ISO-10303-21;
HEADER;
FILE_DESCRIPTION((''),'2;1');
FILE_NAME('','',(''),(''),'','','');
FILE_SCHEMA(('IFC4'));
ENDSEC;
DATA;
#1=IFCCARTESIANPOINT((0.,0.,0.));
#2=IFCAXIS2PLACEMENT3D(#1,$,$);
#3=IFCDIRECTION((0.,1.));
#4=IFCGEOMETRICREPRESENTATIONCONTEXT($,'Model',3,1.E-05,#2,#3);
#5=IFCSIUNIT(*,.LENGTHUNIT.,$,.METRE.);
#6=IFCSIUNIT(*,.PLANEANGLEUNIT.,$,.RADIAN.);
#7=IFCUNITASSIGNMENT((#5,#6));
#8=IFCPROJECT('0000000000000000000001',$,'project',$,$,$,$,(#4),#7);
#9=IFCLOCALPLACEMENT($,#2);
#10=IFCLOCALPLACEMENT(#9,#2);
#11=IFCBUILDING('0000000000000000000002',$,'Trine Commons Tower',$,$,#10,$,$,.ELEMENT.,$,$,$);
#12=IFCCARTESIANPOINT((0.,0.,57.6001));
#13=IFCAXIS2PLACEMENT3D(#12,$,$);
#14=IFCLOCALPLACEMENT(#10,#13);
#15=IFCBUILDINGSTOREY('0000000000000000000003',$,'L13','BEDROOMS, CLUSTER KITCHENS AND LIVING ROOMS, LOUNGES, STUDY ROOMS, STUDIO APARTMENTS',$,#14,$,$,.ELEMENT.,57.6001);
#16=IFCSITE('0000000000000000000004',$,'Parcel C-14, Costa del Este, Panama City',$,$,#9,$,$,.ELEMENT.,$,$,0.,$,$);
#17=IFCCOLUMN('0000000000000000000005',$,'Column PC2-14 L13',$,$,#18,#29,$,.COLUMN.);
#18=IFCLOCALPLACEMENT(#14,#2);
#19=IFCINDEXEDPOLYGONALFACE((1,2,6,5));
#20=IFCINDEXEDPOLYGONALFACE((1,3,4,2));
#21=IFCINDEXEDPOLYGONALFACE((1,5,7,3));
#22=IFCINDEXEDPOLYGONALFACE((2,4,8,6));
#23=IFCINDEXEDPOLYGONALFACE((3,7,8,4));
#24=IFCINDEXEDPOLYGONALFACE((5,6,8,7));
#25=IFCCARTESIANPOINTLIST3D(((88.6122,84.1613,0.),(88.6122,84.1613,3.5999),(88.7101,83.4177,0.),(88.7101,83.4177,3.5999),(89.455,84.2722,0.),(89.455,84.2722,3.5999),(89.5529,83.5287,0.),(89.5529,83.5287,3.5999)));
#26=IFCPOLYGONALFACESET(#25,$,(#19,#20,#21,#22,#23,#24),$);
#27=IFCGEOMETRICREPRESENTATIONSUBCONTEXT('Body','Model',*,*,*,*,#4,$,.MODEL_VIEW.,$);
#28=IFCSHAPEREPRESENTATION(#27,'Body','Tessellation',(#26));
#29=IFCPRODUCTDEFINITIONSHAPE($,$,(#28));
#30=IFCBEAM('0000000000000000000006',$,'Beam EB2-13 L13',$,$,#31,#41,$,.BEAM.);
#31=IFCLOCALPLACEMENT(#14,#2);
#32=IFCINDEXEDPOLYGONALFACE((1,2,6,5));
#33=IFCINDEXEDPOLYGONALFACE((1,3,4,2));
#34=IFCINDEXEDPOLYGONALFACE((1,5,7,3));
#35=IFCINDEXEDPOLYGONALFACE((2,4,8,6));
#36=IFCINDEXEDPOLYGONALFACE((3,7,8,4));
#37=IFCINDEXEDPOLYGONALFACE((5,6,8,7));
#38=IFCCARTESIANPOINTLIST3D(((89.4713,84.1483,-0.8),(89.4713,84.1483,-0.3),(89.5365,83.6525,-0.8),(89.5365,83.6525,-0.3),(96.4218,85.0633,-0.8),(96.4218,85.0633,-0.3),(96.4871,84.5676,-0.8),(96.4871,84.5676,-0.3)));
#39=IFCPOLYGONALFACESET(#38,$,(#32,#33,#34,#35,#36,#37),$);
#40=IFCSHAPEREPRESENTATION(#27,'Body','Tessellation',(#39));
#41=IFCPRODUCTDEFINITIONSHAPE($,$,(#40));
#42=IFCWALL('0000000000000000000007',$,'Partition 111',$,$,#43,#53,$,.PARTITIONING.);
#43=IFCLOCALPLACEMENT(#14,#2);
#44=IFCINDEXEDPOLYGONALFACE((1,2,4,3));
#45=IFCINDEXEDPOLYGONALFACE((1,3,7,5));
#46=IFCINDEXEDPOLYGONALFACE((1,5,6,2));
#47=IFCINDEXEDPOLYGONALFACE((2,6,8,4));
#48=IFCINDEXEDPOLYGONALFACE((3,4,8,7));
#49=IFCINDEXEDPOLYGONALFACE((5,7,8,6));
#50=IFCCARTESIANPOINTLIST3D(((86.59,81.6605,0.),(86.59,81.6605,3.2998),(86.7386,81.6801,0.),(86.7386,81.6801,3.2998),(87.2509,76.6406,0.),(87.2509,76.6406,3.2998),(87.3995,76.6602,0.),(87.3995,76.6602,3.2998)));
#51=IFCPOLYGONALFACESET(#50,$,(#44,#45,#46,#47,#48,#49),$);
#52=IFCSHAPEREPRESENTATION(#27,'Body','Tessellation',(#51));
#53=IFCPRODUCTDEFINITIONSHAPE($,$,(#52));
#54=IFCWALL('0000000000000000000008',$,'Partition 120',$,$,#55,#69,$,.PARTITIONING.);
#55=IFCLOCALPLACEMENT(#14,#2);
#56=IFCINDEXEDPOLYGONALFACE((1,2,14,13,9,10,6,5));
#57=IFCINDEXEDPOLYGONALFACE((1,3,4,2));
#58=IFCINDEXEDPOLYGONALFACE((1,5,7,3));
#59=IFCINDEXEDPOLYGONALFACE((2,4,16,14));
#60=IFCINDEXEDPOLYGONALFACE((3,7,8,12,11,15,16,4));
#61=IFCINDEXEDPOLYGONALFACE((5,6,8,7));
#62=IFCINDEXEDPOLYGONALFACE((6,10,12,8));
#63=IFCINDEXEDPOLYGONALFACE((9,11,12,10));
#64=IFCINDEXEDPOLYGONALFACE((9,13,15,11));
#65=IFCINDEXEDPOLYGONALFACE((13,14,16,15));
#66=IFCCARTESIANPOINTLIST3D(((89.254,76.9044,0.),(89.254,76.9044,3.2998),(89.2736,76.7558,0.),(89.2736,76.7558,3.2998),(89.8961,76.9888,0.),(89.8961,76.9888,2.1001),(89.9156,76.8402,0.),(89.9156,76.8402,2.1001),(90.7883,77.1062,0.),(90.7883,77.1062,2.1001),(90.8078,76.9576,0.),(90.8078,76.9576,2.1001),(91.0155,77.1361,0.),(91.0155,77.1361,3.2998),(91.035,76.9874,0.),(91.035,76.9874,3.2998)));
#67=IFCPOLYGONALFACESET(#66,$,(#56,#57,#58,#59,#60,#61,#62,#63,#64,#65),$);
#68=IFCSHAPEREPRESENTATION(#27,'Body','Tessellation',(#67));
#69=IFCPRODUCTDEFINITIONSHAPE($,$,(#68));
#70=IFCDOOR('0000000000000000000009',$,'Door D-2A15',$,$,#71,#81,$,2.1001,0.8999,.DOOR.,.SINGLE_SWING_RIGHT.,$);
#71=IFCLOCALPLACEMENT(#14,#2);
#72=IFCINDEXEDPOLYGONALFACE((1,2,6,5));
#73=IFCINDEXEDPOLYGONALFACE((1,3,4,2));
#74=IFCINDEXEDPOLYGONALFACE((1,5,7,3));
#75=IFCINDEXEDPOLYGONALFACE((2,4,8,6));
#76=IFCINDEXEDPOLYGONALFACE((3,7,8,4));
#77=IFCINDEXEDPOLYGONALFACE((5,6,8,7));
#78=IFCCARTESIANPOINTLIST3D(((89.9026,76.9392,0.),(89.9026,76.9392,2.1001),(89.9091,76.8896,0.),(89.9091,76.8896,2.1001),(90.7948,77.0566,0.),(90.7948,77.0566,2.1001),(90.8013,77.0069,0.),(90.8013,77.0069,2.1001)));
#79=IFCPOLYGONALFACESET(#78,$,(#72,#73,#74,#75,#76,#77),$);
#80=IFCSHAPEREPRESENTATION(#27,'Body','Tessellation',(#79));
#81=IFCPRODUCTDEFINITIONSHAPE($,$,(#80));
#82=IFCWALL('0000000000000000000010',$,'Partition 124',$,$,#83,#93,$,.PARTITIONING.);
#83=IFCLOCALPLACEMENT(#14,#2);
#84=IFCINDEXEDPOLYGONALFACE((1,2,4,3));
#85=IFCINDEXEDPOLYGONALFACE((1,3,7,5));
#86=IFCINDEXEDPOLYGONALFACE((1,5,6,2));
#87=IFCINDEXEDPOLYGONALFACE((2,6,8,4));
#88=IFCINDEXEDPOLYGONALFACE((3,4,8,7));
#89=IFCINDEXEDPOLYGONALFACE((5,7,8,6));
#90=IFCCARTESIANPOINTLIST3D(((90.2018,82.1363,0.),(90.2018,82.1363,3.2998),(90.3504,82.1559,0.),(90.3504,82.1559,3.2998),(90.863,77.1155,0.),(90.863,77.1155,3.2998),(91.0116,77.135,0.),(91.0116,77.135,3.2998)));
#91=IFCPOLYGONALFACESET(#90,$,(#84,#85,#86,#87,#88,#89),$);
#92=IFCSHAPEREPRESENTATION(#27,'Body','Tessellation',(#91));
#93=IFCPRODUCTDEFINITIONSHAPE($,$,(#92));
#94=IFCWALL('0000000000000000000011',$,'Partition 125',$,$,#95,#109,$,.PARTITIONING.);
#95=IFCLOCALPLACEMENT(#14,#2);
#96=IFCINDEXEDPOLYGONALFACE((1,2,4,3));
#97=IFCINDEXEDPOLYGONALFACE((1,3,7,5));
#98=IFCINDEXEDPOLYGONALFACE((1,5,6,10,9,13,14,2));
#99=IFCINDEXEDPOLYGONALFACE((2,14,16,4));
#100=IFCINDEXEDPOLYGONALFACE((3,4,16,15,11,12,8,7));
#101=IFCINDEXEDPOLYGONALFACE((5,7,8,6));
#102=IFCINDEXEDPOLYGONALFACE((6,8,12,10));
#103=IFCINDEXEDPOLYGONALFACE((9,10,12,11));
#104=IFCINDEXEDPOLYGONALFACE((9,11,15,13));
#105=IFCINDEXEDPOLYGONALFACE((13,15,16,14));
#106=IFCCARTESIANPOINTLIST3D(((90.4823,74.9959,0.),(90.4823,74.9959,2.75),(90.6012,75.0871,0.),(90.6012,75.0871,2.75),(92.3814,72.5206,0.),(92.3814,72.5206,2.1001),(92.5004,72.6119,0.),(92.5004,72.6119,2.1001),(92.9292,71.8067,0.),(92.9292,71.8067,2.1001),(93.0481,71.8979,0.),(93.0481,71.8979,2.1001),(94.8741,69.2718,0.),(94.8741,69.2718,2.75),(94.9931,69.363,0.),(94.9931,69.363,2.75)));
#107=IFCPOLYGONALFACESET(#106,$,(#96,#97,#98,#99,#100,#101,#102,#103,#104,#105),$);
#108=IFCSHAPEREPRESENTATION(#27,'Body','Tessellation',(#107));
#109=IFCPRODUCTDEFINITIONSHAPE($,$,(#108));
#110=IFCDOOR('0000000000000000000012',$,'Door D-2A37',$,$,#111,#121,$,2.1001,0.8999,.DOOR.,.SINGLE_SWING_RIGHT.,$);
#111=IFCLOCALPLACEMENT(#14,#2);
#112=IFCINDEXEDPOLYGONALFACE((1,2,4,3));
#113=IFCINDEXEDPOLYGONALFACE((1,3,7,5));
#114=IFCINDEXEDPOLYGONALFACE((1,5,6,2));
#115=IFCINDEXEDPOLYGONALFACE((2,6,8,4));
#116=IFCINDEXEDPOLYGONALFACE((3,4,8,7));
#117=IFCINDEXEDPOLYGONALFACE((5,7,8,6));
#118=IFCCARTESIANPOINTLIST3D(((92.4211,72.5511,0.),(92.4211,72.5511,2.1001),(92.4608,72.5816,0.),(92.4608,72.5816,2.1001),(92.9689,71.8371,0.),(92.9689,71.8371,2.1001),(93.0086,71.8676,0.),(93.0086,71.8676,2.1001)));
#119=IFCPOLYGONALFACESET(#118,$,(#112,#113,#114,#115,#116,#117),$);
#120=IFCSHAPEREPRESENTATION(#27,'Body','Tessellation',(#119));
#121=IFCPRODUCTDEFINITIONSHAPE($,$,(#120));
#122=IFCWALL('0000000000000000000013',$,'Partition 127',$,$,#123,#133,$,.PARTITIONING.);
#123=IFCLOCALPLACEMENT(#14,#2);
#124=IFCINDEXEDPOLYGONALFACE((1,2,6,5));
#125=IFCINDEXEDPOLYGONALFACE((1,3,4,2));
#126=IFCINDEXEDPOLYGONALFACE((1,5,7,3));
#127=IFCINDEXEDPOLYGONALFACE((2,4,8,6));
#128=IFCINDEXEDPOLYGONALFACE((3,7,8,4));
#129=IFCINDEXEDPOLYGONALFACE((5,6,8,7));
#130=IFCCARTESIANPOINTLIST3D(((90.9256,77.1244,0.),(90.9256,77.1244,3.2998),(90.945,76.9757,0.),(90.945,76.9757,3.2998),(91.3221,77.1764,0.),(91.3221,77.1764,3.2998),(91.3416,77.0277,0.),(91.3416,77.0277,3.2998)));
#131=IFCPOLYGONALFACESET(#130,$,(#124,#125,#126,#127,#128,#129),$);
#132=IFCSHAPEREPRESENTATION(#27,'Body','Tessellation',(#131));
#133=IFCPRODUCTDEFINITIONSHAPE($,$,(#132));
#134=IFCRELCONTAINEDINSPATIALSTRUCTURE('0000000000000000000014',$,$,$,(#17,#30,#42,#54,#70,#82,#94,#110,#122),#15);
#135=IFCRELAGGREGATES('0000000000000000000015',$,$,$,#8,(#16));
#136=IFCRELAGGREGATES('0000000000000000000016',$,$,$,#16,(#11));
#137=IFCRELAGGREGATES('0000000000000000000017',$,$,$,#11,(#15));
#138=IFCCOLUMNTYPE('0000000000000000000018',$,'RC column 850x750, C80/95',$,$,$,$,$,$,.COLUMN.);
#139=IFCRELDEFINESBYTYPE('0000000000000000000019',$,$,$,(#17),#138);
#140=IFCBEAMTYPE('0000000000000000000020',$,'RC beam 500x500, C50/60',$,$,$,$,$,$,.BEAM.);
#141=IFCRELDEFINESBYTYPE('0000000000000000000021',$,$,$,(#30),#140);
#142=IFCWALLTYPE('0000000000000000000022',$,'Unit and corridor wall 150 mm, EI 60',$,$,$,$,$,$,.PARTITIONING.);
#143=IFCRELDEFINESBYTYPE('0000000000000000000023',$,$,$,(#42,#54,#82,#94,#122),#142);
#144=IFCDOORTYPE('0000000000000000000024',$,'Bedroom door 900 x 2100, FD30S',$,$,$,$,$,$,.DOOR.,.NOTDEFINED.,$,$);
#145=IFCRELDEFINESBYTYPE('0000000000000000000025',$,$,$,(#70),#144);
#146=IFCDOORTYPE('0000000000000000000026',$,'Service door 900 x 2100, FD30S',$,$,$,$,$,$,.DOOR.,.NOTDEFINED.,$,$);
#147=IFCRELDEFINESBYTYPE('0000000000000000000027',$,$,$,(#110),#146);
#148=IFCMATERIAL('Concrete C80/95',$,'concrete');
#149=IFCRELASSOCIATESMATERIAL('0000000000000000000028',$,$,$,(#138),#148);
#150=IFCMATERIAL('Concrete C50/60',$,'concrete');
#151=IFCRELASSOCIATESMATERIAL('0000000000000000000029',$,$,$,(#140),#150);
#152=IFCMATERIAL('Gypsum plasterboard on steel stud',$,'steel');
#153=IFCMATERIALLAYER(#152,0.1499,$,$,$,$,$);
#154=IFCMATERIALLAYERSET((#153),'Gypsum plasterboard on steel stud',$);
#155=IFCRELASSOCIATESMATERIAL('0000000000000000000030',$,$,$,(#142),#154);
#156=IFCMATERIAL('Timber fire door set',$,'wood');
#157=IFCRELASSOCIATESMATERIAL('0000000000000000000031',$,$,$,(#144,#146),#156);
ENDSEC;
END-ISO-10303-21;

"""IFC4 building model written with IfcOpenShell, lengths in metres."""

from ifc_helpers import new_model, si_unit, direction, frame, frame_2d, origin, origin_2d, place, context, subcontext, project, spatial, rectangle, extrude, material, layer, layer_set, material_profile, profile_set, type_object, element, fill, save


model = new_model("IFC4")

# Units and contexts
model_context = context("Model", 3, precision=1e-05, world=origin(), true_north=direction((0.0, 1.0)))
body_context = subcontext(model_context, "Body", "Model", "MODEL_VIEW")
ifc_project = project(units=[si_unit("LENGTHUNIT", "METRE"), si_unit("PLANEANGLEUNIT", "RADIAN")], contexts=[model_context])

# Site, building, storey
site_placement = place(None, origin())
site = spatial("IfcSite", under=ifc_project, at=site_placement, Name="Parcel C-14, Costa del Este, Panama City", CompositionType="ELEMENT", RefElevation=0.0)
building_placement = place(site_placement, origin())
building = spatial("IfcBuilding", under=site, at=building_placement, Name="Trine Commons Tower", CompositionType="ELEMENT")
storey_placement = place(building_placement, frame((0.0, 0.0, 57.6001)))
storey = spatial("IfcBuildingStorey", under=building, at=storey_placement, Name="L13", Description="BEDROOMS, CLUSTER KITCHENS AND LIVING ROOMS, LOUNGES, STUDY ROOMS, STUDIO APARTMENTS", CompositionType="ELEMENT", Elevation=57.6001)

# Column
ifc_material_1 = material(Name="Concrete C80/95", Category="concrete")
ifc_material_profile_1 = material_profile(ifc_material_1, rectangle(XDim=0.8501, YDim=0.75, at=origin_2d()), Name="RC 850x750")
ifc_profile_set_1 = profile_set([ifc_material_profile_1], Name="Concrete C80/95")
column_type = type_object("IfcColumnType", Name="RC column 850x750, C80/95", PredefinedType="COLUMN", material=ifc_profile_set_1)
column_placement = place(storey_placement, frame((89.0825, 83.845, 0.0), z_axis=(0.0, 0.0, 1.0), x_axis=(0.991445, 0.130526, 0.0)))
element("IfcColumn", 1, at=column_placement, inside=storey, type_object=column_type, Name="Column PC2-14 L13", PredefinedType="COLUMN", context=body_context, shape_type="SweptSolid", body=[
    extrude(rectangle(XDim=0.8501, YDim=0.75, at=origin_2d()), origin(), (0.0, 0.0, 1.0), 3.5999),
])

# Beam
ifc_material_2 = material(Name="Concrete C50/60", Category="concrete")
ifc_material_profile_2 = material_profile(ifc_material_2, rectangle(XDim=0.5, YDim=0.5, at=origin_2d()), Name="RC 500x500")
ifc_profile_set_2 = profile_set([ifc_material_profile_2], Name="Concrete C50/60")
beam_type = type_object("IfcBeamType", Name="RC beam 500x500, C50/60", PredefinedType="BEAM", material=ifc_profile_set_2)
beam_placement = place(storey_placement, frame((89.5039, 83.9004, -0.55), z_axis=(0.991445, 0.130526, 0.0), x_axis=(-0.130526, 0.991445, 0.0)))
element("IfcBeam", 2, at=beam_placement, inside=storey, type_object=beam_type, Name="Beam EB2-13 L13", PredefinedType="BEAM", context=body_context, shape_type="SweptSolid", body=[
    extrude(rectangle(XDim=0.5, YDim=0.5, at=origin_2d()), origin(), (0.0, 0.0, 1.0), 7.0105),
])

# Wall
ifc_material_3 = material(Name="Gypsum plasterboard on steel stud", Category="steel")
ifc_layer_1 = layer(ifc_material_3, 0.1499)
ifc_layer_set_1 = layer_set([ifc_layer_1], Name="Gypsum plasterboard on steel stud")
wall_type_1 = type_object("IfcWallType", Name="Unit and corridor wall 150 mm, EI 60", PredefinedType="PARTITIONING", material=ifc_layer_set_1)
wall_1_placement = place(storey_placement, frame((86.6643, 81.6704, 0.0), z_axis=(0.0, 0.0, 1.0), x_axis=(0.130524, -0.991445, 0.0)))
element("IfcWall", 3, at=wall_1_placement, inside=storey, type_object=wall_type_1, Name="Partition 111", PredefinedType="PARTITIONING", context=body_context, shape_type="SweptSolid", body=[
    extrude(rectangle(XDim=5.0632, YDim=0.1499, at=frame_2d((2.5317, 0.0))), origin(), (0.0, 0.0, 1.0), 3.2998),
])

# Wall, opening, door
wall_2_placement = place(storey_placement, frame((89.2639, 76.8301, 0.0), z_axis=(0.0, 0.0, 1.0), x_axis=(0.99146, 0.130408, 0.0)))
wall_2 = element("IfcWall", 4, at=wall_2_placement, inside=storey, type_object=wall_type_1, Name="Partition 120", PredefinedType="PARTITIONING", context=body_context, shape_type="SweptSolid", body=[
    extrude(rectangle(XDim=1.7766, YDim=0.1499, at=frame_2d((0.8882, 0.0))), origin(), (0.0, 0.0, 1.0), 3.2998),
])
opening_1_placement = place(wall_2_placement, frame((0.6475, 0.0, 0.0)))
opening_1 = element("IfcOpeningElement", 5, at=opening_1_placement, cuts=wall_2, PredefinedType="OPENING", context=body_context, shape_type="SweptSolid", body=[
    extrude(rectangle(XDim=0.8999, YDim=2.1001, at=frame_2d((0.45, 1.05))), frame((0.0, 0.085, 0.0), z_axis=(0.0, -1.0, 0.0), x_axis=(1.0, 0.0, 0.0)), (0.0, 0.0, 1.0), 0.1699),
])
ifc_material_4 = material(Name="Timber fire door set", Category="wood")
door_type_1 = type_object("IfcDoorType", Name="Bedroom door 900 x 2100, FD30S", OperationType="NOTDEFINED", PredefinedType="DOOR", material=ifc_material_4)
door_1_placement = place(opening_1_placement, origin())
door_1 = element("IfcDoor", 6, at=door_1_placement, inside=storey, type_object=door_type_1, Name="Door D-2A15", OperationType="SINGLE_SWING_RIGHT", OverallHeight=2.1001, OverallWidth=0.8999, PredefinedType="DOOR", context=body_context, shape_type="SweptSolid", body=[
    extrude(rectangle(XDim=0.8999, YDim=2.1001, at=frame_2d((0.45, 1.05))), frame((0.0, 0.0249, 0.0), z_axis=(0.0, -1.0, 0.0), x_axis=(1.0, 0.0, 0.0)), (0.0, 0.0, 1.0), 0.05),
])
fill(opening_1, door_1)

# Wall
wall_3_placement = place(storey_placement, frame((90.2761, 82.1462, 0.0), z_axis=(0.0, 0.0, 1.0), x_axis=(0.130553, -0.991441, 0.0)))
element("IfcWall", 7, at=wall_3_placement, inside=storey, type_object=wall_type_1, Name="Partition 124", PredefinedType="PARTITIONING", context=body_context, shape_type="SweptSolid", body=[
    extrude(rectangle(XDim=5.0642, YDim=0.1499, at=frame_2d((2.5322, 0.0))), origin(), (0.0, 0.0, 1.0), 3.2998),
])

# Wall, opening, door
wall_4_placement = place(storey_placement, frame((90.5417, 75.0415, 0.0), z_axis=(0.0, 0.0, 1.0), x_axis=(0.608724, -0.793382, 0.0)))
wall_4 = element("IfcWall", 8, at=wall_4_placement, inside=storey, type_object=wall_type_1, Name="Partition 125", PredefinedType="PARTITIONING", context=body_context, shape_type="SweptSolid", body=[
    extrude(rectangle(XDim=7.2148, YDim=0.1499, at=frame_2d((3.6074, 0.0))), origin(), (0.0, 0.0, 1.0), 2.75),
])
opening_2_placement = place(wall_4_placement, frame((3.1199, 0.0, 0.0)))
opening_2 = element("IfcOpeningElement", 9, at=opening_2_placement, cuts=wall_4, PredefinedType="OPENING", context=body_context, shape_type="SweptSolid", body=[
    extrude(rectangle(XDim=0.8999, YDim=2.1001, at=frame_2d((0.45, 1.05))), frame((0.0, 0.085, 0.0), z_axis=(0.0, -1.0, 0.0), x_axis=(1.0, 0.0, 0.0)), (0.0, 0.0, 1.0), 0.1699),
])
door_type_2 = type_object("IfcDoorType", Name="Service door 900 x 2100, FD30S", OperationType="NOTDEFINED", PredefinedType="DOOR", material=ifc_material_4)
door_2_placement = place(opening_2_placement, frame((0.8999, 0.0, 0.0), z_axis=(0.0, 0.0, 1.0), x_axis=(-1.0, 0.0, 0.0)))
door_2 = element("IfcDoor", 10, at=door_2_placement, inside=storey, type_object=door_type_2, Name="Door D-2A37", OperationType="SINGLE_SWING_RIGHT", OverallHeight=2.1001, OverallWidth=0.8999, PredefinedType="DOOR", context=body_context, shape_type="SweptSolid", body=[
    extrude(rectangle(XDim=0.8999, YDim=2.1001, at=frame_2d((0.45, 1.05))), frame((0.0, 0.0249, 0.0), z_axis=(0.0, -1.0, 0.0), x_axis=(1.0, 0.0, 0.0)), (0.0, 0.0, 1.0), 0.05),
])
fill(opening_2, door_2)

# Wall
wall_5_placement = place(storey_placement, frame((90.9353, 77.05, 0.0), z_axis=(0.0, 0.0, 1.0), x_axis=(0.991508, 0.130044, 0.0)))
element("IfcWall", 11, at=wall_5_placement, inside=storey, type_object=wall_type_1, Name="Partition 127", PredefinedType="PARTITIONING", context=body_context, shape_type="SweptSolid", body=[
    extrude(rectangle(XDim=0.3999, YDim=0.1499, at=frame_2d((0.2, 0.0))), origin(), (0.0, 0.0, 1.0), 3.2998),
])

save(model, "model.ifc")
